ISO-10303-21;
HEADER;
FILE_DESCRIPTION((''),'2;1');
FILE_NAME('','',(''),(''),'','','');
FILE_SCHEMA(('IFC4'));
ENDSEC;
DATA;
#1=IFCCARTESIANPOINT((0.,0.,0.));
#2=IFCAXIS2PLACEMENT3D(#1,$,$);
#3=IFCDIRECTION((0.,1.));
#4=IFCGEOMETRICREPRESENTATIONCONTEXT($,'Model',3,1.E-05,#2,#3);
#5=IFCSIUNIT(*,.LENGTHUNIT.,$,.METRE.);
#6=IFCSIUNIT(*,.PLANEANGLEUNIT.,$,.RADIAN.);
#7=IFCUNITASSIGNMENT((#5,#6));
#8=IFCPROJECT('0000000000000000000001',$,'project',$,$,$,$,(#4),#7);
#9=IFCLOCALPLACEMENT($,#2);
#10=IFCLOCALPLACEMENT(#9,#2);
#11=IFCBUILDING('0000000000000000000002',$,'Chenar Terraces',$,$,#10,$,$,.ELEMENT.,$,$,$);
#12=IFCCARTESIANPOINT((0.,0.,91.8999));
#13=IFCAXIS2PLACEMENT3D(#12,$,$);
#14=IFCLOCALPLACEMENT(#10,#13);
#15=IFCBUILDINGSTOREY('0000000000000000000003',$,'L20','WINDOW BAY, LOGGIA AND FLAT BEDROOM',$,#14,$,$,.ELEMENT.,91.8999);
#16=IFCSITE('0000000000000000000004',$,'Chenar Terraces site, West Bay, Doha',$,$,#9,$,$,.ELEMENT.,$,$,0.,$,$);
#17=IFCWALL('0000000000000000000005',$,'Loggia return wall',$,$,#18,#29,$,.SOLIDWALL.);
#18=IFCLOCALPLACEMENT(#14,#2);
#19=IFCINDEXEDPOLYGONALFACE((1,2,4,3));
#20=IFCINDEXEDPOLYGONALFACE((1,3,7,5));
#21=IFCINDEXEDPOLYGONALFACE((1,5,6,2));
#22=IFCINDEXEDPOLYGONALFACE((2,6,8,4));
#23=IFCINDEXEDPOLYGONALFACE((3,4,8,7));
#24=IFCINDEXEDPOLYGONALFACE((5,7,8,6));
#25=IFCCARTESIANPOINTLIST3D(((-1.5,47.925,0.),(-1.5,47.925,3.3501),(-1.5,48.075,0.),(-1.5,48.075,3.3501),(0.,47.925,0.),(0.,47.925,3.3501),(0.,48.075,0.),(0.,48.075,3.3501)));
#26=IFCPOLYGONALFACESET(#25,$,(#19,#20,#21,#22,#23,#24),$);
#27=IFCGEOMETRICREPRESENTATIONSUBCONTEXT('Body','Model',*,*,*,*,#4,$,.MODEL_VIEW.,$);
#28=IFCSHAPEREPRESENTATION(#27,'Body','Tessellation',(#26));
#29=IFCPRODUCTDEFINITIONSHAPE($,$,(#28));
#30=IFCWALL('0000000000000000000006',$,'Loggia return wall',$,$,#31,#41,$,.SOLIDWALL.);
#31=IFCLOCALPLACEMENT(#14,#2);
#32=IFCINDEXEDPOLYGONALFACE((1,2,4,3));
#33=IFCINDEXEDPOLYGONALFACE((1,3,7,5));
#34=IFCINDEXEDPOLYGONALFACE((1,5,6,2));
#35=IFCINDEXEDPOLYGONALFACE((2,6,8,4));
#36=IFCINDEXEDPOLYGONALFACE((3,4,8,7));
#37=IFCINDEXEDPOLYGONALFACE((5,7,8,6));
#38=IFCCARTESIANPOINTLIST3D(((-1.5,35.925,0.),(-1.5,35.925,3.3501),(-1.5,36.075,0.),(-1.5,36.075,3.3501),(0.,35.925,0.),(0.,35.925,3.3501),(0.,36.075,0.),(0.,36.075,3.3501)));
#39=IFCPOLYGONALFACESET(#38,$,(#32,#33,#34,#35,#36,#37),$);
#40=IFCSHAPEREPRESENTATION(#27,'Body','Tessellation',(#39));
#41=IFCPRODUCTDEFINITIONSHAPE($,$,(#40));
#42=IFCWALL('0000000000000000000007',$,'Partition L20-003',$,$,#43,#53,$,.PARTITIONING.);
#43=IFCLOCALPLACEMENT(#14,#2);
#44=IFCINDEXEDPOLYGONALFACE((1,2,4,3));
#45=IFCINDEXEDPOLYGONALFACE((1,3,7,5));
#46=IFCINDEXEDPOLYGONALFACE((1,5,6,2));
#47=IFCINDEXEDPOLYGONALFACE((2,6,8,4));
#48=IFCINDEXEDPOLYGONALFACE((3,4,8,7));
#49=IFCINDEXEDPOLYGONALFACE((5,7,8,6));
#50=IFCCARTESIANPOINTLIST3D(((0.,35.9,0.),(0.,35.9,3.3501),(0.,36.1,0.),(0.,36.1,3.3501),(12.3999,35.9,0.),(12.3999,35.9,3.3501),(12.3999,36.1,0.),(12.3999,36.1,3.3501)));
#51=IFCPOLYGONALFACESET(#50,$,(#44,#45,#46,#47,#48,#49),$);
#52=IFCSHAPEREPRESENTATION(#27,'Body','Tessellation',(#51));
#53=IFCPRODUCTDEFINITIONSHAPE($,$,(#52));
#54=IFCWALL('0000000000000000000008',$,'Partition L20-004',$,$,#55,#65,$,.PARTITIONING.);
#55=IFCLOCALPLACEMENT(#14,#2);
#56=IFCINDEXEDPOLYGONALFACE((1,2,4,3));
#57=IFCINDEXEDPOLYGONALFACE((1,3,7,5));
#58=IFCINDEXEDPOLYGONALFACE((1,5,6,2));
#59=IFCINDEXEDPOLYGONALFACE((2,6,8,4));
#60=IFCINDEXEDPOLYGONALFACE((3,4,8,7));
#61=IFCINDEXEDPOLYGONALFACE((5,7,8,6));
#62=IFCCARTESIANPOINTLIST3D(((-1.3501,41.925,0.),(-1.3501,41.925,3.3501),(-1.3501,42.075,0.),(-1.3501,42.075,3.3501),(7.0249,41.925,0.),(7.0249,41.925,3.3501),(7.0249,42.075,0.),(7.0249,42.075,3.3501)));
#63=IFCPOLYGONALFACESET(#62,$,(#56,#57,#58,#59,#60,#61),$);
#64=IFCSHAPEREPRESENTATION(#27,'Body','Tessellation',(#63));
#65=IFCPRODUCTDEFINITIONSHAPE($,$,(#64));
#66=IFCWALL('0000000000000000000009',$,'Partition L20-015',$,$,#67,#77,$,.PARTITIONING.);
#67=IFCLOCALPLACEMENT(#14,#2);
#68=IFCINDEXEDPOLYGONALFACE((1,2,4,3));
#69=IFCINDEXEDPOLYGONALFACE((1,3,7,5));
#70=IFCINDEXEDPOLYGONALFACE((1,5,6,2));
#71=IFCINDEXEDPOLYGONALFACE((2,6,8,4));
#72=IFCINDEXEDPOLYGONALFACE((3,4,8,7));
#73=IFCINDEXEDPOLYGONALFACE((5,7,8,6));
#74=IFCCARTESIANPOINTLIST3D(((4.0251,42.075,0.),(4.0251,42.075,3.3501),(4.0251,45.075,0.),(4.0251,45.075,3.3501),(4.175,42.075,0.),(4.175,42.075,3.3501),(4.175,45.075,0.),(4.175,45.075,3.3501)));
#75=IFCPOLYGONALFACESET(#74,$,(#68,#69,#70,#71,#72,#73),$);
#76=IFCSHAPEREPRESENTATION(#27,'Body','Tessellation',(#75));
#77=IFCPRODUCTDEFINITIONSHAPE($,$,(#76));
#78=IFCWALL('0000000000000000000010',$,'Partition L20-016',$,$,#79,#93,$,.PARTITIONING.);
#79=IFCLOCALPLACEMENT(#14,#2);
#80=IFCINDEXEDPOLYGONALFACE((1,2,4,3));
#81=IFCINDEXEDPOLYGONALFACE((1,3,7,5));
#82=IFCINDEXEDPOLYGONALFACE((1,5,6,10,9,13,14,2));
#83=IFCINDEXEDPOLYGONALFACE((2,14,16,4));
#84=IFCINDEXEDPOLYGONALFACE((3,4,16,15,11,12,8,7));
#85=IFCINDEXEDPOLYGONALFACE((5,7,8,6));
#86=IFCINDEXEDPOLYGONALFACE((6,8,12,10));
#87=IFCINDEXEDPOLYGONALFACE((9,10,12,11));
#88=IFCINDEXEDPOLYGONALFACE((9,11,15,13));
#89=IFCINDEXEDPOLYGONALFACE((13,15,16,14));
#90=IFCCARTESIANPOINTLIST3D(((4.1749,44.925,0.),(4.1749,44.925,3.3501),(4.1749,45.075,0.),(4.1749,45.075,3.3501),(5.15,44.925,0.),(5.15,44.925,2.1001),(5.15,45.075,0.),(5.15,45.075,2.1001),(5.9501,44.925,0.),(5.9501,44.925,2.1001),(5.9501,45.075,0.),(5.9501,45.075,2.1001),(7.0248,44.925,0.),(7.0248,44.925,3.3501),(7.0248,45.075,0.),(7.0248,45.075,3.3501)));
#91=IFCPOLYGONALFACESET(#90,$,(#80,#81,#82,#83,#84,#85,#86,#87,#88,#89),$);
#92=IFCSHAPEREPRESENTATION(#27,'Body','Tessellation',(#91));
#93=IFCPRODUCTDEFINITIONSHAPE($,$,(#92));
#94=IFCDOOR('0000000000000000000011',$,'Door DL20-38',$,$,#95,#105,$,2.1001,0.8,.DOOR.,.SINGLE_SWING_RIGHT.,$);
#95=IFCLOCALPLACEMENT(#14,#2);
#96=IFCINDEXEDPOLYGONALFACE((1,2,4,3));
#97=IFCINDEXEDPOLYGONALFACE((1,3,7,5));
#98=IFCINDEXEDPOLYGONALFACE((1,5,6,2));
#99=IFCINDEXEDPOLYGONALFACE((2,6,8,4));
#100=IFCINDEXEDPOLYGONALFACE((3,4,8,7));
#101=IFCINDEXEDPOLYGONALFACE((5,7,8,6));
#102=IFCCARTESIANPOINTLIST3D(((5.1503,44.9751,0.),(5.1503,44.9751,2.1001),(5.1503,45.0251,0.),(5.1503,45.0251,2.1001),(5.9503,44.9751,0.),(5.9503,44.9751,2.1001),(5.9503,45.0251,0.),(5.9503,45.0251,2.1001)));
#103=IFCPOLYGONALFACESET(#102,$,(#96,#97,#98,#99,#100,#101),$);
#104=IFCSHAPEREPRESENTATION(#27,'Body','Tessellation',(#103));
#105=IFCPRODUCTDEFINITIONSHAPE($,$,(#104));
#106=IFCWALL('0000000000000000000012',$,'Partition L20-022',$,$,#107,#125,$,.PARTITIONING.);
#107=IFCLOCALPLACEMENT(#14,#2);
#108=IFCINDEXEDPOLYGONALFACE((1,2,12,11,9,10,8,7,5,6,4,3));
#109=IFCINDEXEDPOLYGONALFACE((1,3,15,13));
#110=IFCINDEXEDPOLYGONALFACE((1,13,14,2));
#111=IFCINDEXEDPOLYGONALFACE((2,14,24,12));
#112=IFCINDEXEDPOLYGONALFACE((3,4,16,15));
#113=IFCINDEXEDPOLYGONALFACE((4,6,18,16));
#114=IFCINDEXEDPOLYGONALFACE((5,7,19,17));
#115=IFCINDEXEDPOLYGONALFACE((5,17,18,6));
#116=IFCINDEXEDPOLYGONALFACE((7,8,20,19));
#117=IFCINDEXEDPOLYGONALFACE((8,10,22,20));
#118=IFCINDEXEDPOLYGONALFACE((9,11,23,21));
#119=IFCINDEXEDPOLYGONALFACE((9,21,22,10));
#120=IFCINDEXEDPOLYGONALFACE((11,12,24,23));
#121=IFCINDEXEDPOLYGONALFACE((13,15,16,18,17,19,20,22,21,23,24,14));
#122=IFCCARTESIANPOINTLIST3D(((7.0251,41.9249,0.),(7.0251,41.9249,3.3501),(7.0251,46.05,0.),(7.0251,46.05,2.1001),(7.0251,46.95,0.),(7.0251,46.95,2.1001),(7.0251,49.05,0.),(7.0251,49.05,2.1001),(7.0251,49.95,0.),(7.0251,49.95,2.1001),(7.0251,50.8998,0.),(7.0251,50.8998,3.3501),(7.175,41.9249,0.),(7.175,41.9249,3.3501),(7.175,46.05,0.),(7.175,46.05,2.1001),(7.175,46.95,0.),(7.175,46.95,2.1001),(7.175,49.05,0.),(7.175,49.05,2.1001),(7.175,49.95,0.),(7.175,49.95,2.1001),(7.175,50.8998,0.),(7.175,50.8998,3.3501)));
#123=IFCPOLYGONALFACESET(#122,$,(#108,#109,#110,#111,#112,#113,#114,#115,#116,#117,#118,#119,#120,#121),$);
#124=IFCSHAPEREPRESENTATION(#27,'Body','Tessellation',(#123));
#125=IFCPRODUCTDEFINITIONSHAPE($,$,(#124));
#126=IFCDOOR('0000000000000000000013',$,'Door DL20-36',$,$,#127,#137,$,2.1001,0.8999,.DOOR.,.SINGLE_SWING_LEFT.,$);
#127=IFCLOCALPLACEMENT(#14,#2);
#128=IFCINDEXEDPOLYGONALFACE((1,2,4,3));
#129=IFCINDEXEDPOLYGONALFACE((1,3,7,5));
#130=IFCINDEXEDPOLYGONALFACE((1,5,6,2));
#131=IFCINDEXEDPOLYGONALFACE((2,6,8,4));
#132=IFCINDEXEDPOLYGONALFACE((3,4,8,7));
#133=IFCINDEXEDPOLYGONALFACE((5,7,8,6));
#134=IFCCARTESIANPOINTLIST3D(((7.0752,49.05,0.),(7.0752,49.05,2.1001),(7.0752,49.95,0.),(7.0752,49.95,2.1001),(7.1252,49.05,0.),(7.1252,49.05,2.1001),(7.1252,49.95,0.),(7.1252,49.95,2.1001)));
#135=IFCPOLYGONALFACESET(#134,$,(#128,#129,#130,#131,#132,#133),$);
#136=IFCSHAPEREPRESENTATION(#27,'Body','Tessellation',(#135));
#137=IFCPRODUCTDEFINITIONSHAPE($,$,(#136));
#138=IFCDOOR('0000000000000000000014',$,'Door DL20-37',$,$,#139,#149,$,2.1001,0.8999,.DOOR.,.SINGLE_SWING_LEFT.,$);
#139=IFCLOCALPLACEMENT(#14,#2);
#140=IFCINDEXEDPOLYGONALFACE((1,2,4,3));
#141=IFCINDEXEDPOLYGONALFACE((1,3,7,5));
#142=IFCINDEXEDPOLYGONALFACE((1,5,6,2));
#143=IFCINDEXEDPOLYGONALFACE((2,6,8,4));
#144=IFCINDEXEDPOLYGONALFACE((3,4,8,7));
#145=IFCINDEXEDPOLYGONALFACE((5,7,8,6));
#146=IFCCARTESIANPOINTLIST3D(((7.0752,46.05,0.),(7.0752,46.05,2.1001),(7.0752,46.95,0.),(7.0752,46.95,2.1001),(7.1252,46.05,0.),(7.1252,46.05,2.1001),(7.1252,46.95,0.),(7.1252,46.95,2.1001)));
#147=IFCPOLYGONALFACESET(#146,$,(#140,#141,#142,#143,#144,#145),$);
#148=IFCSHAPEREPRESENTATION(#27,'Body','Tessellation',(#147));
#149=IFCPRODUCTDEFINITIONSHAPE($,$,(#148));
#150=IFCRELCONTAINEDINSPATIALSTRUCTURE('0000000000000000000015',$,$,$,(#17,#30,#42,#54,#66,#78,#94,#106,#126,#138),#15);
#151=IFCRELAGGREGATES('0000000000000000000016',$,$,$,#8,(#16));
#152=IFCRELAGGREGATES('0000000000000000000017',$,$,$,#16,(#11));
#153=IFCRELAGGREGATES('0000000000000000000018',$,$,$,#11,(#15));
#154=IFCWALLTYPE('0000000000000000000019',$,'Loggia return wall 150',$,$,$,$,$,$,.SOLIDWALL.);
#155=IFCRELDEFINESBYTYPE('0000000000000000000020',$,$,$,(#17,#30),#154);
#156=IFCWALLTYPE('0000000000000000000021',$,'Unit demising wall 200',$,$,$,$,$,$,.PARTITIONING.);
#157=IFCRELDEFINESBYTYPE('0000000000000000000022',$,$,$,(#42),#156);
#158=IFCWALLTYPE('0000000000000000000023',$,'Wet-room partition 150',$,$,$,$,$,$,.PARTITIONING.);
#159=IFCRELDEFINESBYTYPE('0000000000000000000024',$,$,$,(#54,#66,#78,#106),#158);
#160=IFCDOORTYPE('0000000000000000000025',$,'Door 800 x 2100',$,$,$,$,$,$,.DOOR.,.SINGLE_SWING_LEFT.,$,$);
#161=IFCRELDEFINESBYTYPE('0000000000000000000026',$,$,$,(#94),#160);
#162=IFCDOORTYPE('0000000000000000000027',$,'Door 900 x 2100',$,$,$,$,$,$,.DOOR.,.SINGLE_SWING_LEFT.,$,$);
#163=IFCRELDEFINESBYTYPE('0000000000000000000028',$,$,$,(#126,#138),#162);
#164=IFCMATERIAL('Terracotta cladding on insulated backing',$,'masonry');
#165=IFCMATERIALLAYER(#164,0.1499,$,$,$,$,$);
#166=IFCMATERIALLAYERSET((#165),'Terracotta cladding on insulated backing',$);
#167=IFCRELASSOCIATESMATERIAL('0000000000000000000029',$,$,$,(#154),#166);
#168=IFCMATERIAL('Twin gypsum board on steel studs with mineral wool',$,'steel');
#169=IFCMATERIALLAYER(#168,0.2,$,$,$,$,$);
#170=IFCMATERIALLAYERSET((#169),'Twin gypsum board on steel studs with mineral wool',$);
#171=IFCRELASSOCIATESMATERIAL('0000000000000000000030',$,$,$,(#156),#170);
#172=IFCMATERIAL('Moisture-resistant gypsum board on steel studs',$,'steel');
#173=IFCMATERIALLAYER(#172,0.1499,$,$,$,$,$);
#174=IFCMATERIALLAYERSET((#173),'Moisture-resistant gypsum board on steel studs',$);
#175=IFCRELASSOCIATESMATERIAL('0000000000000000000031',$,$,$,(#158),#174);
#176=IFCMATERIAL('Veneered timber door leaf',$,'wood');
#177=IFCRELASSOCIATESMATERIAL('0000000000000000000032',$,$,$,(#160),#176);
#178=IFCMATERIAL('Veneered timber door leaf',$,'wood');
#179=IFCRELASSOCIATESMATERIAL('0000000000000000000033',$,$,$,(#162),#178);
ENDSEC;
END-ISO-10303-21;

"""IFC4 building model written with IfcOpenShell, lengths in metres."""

from ifc_helpers import new_model, si_unit, direction, frame, frame_2d, origin, place, context, subcontext, project, spatial, rectangle, extrude, material, layer, layer_set, type_object, element, fill, save


model = new_model("IFC4")

# Units and contexts
model_context = context("Model", 3, precision=1e-05, world=origin(), true_north=direction((0.0, 1.0)))
body_context = subcontext(model_context, "Body", "Model", "MODEL_VIEW")
ifc_project = project(units=[si_unit("LENGTHUNIT", "METRE"), si_unit("PLANEANGLEUNIT", "RADIAN")], contexts=[model_context])

# Site, building, storey
site_placement = place(None, origin())
site = spatial("IfcSite", under=ifc_project, at=site_placement, Name="Chenar Terraces site, West Bay, Doha", CompositionType="ELEMENT", RefElevation=0.0)
building_placement = place(site_placement, origin())
building = spatial("IfcBuilding", under=site, at=building_placement, Name="Chenar Terraces", CompositionType="ELEMENT")
storey_placement = place(building_placement, frame((0.0, 0.0, 91.8999)))
storey = spatial("IfcBuildingStorey", under=building, at=storey_placement, Name="L20", Description="WINDOW BAY, LOGGIA AND FLAT BEDROOM", CompositionType="ELEMENT", Elevation=91.8999)

# Shared definitions
placement = place(storey_placement, frame((0.0, 36.0, 0.0), z_axis=(0.0, 0.0, 1.0), x_axis=(1.0, 0.0, 0.0)))

# Walls
ifc_material_1 = material(Name="Terracotta cladding on insulated backing", Category="masonry")
ifc_layer_1 = layer(ifc_material_1, 0.1499)
ifc_layer_set_1 = layer_set([ifc_layer_1], Name="Terracotta cladding on insulated backing")
wall_type_1 = type_object("IfcWallType", Name="Loggia return wall 150", PredefinedType="SOLIDWALL", material=ifc_layer_set_1)
for number, where, z_axis, x_axis, name in (
    (1, (-1.5, 48.0, 0.0), (0.0, 0.0, 1.0), (1.0, 0.0, 0.0), "Loggia return wall"),
    (2, (-1.5, 36.0, 0.0), (0.0, 0.0, 1.0), (1.0, 0.0, 0.0), "Loggia return wall"),
):
    element("IfcWall", number, at=place(storey_placement, frame(where, z_axis=z_axis, x_axis=x_axis)), inside=storey, type_object=wall_type_1, Name=name, PredefinedType="SOLIDWALL", context=body_context, shape_type="SweptSolid", body=[
        extrude(rectangle(XDim=1.5, YDim=0.1499, at=frame_2d((0.75, 0.0))), origin(), (0.0, 0.0, 1.0), 3.3501),
    ])
ifc_material_2 = material(Name="Twin gypsum board on steel studs with mineral wool", Category="steel")
ifc_layer_2 = layer(ifc_material_2, 0.2)
ifc_layer_set_2 = layer_set([ifc_layer_2], Name="Twin gypsum board on steel studs with mineral wool")
wall_type_2 = type_object("IfcWallType", Name="Unit demising wall 200", PredefinedType="PARTITIONING", material=ifc_layer_set_2)
element("IfcWall", 3, at=placement, inside=storey, type_object=wall_type_2, Name="Partition L20-003", PredefinedType="PARTITIONING", context=body_context, shape_type="SweptSolid", body=[
    extrude(rectangle(XDim=12.3999, YDim=0.2, at=frame_2d((6.2, 0.0))), origin(), (0.0, 0.0, 1.0), 3.3501),
])
ifc_material_3 = material(Name="Moisture-resistant gypsum board on steel studs", Category="steel")
ifc_layer_3 = layer(ifc_material_3, 0.1499)
ifc_layer_set_3 = layer_set([ifc_layer_3], Name="Moisture-resistant gypsum board on steel studs")
wall_type_3 = type_object("IfcWallType", Name="Wet-room partition 150", PredefinedType="PARTITIONING", material=ifc_layer_set_3)
wall_1_placement = place(storey_placement, frame((-1.3501, 42.0, 0.0), z_axis=(0.0, 0.0, 1.0), x_axis=(1.0, 0.0, 0.0)))
element("IfcWall", 4, at=wall_1_placement, inside=storey, type_object=wall_type_3, Name="Partition L20-004", PredefinedType="PARTITIONING", context=body_context, shape_type="SweptSolid", body=[
    extrude(rectangle(XDim=8.375, YDim=0.1499, at=frame_2d((4.1875, 0.0))), origin(), (0.0, 0.0, 1.0), 3.3501),
])
wall_2_placement = place(storey_placement, frame((4.1001, 42.075, 0.0), z_axis=(0.0, 0.0, 1.0), x_axis=(0.0, 1.0, 0.0)))
element("IfcWall", 5, at=wall_2_placement, inside=storey, type_object=wall_type_3, Name="Partition L20-015", PredefinedType="PARTITIONING", context=body_context, shape_type="SweptSolid", body=[
    extrude(rectangle(XDim=3.0, YDim=0.1499, at=frame_2d((1.5, 0.0))), origin(), (0.0, 0.0, 1.0), 3.3501),
])

# Wall, opening, door
wall_3_placement = place(storey_placement, frame((4.175, 45.0, 0.0), z_axis=(0.0, 0.0, 1.0), x_axis=(1.0, 0.0, 0.0)))
wall_3 = element("IfcWall", 6, at=wall_3_placement, inside=storey, type_object=wall_type_3, Name="Partition L20-016", PredefinedType="PARTITIONING", context=body_context, shape_type="SweptSolid", body=[
    extrude(rectangle(XDim=2.8499, YDim=0.1499, at=frame_2d((1.4248, 0.0))), origin(), (0.0, 0.0, 1.0), 3.3501),
])
opening_1_placement = place(wall_3_placement, frame((0.9751, 0.0, 0.0)))
opening_1 = element("IfcOpeningElement", 7, at=opening_1_placement, cuts=wall_3, PredefinedType="OPENING", context=body_context, shape_type="SweptSolid", body=[
    extrude(rectangle(XDim=0.8, YDim=2.1001, at=frame_2d((0.3999, 1.05))), frame((0.0, 0.085, 0.0), z_axis=(0.0, -1.0, 0.0), x_axis=(1.0, 0.0, 0.0)), (0.0, 0.0, 1.0), 0.1699),
])
ifc_material_4 = material(Name="Veneered timber door leaf", Category="wood")
door_type_1 = type_object("IfcDoorType", Name="Door 800 x 2100", OperationType="SINGLE_SWING_LEFT", PredefinedType="DOOR", material=ifc_material_4)
door_1_placement = place(opening_1_placement, frame((0.8, 0.0, 0.0), z_axis=(0.0, 0.0, 1.0), x_axis=(-1.0, 0.0, 0.0)))
door_1 = element("IfcDoor", 8, at=door_1_placement, inside=storey, type_object=door_type_1, Name="Door DL20-38", OperationType="SINGLE_SWING_RIGHT", OverallHeight=2.1001, OverallWidth=0.8, PredefinedType="DOOR", context=body_context, shape_type="SweptSolid", body=[
    extrude(rectangle(XDim=0.8, YDim=2.1001, at=frame_2d((0.3999, 1.05))), frame((0.0, 0.0249, 0.0), z_axis=(0.0, -1.0, 0.0), x_axis=(1.0, 0.0, 0.0)), (0.0, 0.0, 1.0), 0.05),
])
fill(opening_1, door_1)

# Wall, openings, doors
wall_4_placement = place(storey_placement, frame((7.1001, 41.925, 0.0), z_axis=(0.0, 0.0, 1.0), x_axis=(0.0, 1.0, 0.0)))
wall_4 = element("IfcWall", 9, at=wall_4_placement, inside=storey, type_object=wall_type_3, Name="Partition L20-022", PredefinedType="PARTITIONING", context=body_context, shape_type="SweptSolid", body=[
    extrude(rectangle(XDim=8.9749, YDim=0.1499, at=frame_2d((4.4873, 0.0))), origin(), (0.0, 0.0, 1.0), 3.3501),
])
opening_2_placement = place(wall_4_placement, frame((7.125, 0.0, 0.0)))
opening_2 = element("IfcOpeningElement", 10, at=opening_2_placement, cuts=wall_4, PredefinedType="OPENING", context=body_context, shape_type="SweptSolid", body=[
    extrude(rectangle(XDim=0.8999, YDim=2.1001, at=frame_2d((0.45, 1.05))), frame((0.0, 0.085, 0.0), z_axis=(0.0, -1.0, 0.0), x_axis=(1.0, 0.0, 0.0)), (0.0, 0.0, 1.0), 0.1699),
])
opening_3_placement = place(wall_4_placement, frame((4.125, 0.0, 0.0)))
opening_3 = element("IfcOpeningElement", 11, at=opening_3_placement, cuts=wall_4, PredefinedType="OPENING", context=body_context, shape_type="SweptSolid", body=[
    extrude(rectangle(XDim=0.8999, YDim=2.1001, at=frame_2d((0.45, 1.05))), frame((0.0, 0.085, 0.0), z_axis=(0.0, -1.0, 0.0), x_axis=(1.0, 0.0, 0.0)), (0.0, 0.0, 1.0), 0.1699),
])
ifc_material_5 = material(Name="Veneered timber door leaf", Category="wood")
door_type_2 = type_object("IfcDoorType", Name="Door 900 x 2100", OperationType="SINGLE_SWING_LEFT", PredefinedType="DOOR", material=ifc_material_5)
door_2_placement = place(opening_2_placement, origin())
door_2 = element("IfcDoor", 12, at=door_2_placement, inside=storey, type_object=door_type_2, Name="Door DL20-36", OperationType="SINGLE_SWING_LEFT", OverallHeight=2.1001, OverallWidth=0.8999, PredefinedType="DOOR", context=body_context, shape_type="SweptSolid", body=[
    extrude(rectangle(XDim=0.8999, YDim=2.1001, at=frame_2d((0.45, 1.05))), frame((0.0, 0.0249, 0.0), z_axis=(0.0, -1.0, 0.0), x_axis=(1.0, 0.0, 0.0)), (0.0, 0.0, 1.0), 0.05),
])
fill(opening_2, door_2)
door_3_placement = place(opening_3_placement, origin())
door_3 = element("IfcDoor", 13, at=door_3_placement, inside=storey, type_object=door_type_2, Name="Door DL20-37", OperationType="SINGLE_SWING_LEFT", OverallHeight=2.1001, OverallWidth=0.8999, PredefinedType="DOOR", context=body_context, shape_type="SweptSolid", body=[
    extrude(rectangle(XDim=0.8999, YDim=2.1001, at=frame_2d((0.45, 1.05))), frame((0.0, 0.0249, 0.0), z_axis=(0.0, -1.0, 0.0), x_axis=(1.0, 0.0, 0.0)), (0.0, 0.0, 1.0), 0.05),
])
fill(opening_3, door_3)

save(model, "model.ifc")
